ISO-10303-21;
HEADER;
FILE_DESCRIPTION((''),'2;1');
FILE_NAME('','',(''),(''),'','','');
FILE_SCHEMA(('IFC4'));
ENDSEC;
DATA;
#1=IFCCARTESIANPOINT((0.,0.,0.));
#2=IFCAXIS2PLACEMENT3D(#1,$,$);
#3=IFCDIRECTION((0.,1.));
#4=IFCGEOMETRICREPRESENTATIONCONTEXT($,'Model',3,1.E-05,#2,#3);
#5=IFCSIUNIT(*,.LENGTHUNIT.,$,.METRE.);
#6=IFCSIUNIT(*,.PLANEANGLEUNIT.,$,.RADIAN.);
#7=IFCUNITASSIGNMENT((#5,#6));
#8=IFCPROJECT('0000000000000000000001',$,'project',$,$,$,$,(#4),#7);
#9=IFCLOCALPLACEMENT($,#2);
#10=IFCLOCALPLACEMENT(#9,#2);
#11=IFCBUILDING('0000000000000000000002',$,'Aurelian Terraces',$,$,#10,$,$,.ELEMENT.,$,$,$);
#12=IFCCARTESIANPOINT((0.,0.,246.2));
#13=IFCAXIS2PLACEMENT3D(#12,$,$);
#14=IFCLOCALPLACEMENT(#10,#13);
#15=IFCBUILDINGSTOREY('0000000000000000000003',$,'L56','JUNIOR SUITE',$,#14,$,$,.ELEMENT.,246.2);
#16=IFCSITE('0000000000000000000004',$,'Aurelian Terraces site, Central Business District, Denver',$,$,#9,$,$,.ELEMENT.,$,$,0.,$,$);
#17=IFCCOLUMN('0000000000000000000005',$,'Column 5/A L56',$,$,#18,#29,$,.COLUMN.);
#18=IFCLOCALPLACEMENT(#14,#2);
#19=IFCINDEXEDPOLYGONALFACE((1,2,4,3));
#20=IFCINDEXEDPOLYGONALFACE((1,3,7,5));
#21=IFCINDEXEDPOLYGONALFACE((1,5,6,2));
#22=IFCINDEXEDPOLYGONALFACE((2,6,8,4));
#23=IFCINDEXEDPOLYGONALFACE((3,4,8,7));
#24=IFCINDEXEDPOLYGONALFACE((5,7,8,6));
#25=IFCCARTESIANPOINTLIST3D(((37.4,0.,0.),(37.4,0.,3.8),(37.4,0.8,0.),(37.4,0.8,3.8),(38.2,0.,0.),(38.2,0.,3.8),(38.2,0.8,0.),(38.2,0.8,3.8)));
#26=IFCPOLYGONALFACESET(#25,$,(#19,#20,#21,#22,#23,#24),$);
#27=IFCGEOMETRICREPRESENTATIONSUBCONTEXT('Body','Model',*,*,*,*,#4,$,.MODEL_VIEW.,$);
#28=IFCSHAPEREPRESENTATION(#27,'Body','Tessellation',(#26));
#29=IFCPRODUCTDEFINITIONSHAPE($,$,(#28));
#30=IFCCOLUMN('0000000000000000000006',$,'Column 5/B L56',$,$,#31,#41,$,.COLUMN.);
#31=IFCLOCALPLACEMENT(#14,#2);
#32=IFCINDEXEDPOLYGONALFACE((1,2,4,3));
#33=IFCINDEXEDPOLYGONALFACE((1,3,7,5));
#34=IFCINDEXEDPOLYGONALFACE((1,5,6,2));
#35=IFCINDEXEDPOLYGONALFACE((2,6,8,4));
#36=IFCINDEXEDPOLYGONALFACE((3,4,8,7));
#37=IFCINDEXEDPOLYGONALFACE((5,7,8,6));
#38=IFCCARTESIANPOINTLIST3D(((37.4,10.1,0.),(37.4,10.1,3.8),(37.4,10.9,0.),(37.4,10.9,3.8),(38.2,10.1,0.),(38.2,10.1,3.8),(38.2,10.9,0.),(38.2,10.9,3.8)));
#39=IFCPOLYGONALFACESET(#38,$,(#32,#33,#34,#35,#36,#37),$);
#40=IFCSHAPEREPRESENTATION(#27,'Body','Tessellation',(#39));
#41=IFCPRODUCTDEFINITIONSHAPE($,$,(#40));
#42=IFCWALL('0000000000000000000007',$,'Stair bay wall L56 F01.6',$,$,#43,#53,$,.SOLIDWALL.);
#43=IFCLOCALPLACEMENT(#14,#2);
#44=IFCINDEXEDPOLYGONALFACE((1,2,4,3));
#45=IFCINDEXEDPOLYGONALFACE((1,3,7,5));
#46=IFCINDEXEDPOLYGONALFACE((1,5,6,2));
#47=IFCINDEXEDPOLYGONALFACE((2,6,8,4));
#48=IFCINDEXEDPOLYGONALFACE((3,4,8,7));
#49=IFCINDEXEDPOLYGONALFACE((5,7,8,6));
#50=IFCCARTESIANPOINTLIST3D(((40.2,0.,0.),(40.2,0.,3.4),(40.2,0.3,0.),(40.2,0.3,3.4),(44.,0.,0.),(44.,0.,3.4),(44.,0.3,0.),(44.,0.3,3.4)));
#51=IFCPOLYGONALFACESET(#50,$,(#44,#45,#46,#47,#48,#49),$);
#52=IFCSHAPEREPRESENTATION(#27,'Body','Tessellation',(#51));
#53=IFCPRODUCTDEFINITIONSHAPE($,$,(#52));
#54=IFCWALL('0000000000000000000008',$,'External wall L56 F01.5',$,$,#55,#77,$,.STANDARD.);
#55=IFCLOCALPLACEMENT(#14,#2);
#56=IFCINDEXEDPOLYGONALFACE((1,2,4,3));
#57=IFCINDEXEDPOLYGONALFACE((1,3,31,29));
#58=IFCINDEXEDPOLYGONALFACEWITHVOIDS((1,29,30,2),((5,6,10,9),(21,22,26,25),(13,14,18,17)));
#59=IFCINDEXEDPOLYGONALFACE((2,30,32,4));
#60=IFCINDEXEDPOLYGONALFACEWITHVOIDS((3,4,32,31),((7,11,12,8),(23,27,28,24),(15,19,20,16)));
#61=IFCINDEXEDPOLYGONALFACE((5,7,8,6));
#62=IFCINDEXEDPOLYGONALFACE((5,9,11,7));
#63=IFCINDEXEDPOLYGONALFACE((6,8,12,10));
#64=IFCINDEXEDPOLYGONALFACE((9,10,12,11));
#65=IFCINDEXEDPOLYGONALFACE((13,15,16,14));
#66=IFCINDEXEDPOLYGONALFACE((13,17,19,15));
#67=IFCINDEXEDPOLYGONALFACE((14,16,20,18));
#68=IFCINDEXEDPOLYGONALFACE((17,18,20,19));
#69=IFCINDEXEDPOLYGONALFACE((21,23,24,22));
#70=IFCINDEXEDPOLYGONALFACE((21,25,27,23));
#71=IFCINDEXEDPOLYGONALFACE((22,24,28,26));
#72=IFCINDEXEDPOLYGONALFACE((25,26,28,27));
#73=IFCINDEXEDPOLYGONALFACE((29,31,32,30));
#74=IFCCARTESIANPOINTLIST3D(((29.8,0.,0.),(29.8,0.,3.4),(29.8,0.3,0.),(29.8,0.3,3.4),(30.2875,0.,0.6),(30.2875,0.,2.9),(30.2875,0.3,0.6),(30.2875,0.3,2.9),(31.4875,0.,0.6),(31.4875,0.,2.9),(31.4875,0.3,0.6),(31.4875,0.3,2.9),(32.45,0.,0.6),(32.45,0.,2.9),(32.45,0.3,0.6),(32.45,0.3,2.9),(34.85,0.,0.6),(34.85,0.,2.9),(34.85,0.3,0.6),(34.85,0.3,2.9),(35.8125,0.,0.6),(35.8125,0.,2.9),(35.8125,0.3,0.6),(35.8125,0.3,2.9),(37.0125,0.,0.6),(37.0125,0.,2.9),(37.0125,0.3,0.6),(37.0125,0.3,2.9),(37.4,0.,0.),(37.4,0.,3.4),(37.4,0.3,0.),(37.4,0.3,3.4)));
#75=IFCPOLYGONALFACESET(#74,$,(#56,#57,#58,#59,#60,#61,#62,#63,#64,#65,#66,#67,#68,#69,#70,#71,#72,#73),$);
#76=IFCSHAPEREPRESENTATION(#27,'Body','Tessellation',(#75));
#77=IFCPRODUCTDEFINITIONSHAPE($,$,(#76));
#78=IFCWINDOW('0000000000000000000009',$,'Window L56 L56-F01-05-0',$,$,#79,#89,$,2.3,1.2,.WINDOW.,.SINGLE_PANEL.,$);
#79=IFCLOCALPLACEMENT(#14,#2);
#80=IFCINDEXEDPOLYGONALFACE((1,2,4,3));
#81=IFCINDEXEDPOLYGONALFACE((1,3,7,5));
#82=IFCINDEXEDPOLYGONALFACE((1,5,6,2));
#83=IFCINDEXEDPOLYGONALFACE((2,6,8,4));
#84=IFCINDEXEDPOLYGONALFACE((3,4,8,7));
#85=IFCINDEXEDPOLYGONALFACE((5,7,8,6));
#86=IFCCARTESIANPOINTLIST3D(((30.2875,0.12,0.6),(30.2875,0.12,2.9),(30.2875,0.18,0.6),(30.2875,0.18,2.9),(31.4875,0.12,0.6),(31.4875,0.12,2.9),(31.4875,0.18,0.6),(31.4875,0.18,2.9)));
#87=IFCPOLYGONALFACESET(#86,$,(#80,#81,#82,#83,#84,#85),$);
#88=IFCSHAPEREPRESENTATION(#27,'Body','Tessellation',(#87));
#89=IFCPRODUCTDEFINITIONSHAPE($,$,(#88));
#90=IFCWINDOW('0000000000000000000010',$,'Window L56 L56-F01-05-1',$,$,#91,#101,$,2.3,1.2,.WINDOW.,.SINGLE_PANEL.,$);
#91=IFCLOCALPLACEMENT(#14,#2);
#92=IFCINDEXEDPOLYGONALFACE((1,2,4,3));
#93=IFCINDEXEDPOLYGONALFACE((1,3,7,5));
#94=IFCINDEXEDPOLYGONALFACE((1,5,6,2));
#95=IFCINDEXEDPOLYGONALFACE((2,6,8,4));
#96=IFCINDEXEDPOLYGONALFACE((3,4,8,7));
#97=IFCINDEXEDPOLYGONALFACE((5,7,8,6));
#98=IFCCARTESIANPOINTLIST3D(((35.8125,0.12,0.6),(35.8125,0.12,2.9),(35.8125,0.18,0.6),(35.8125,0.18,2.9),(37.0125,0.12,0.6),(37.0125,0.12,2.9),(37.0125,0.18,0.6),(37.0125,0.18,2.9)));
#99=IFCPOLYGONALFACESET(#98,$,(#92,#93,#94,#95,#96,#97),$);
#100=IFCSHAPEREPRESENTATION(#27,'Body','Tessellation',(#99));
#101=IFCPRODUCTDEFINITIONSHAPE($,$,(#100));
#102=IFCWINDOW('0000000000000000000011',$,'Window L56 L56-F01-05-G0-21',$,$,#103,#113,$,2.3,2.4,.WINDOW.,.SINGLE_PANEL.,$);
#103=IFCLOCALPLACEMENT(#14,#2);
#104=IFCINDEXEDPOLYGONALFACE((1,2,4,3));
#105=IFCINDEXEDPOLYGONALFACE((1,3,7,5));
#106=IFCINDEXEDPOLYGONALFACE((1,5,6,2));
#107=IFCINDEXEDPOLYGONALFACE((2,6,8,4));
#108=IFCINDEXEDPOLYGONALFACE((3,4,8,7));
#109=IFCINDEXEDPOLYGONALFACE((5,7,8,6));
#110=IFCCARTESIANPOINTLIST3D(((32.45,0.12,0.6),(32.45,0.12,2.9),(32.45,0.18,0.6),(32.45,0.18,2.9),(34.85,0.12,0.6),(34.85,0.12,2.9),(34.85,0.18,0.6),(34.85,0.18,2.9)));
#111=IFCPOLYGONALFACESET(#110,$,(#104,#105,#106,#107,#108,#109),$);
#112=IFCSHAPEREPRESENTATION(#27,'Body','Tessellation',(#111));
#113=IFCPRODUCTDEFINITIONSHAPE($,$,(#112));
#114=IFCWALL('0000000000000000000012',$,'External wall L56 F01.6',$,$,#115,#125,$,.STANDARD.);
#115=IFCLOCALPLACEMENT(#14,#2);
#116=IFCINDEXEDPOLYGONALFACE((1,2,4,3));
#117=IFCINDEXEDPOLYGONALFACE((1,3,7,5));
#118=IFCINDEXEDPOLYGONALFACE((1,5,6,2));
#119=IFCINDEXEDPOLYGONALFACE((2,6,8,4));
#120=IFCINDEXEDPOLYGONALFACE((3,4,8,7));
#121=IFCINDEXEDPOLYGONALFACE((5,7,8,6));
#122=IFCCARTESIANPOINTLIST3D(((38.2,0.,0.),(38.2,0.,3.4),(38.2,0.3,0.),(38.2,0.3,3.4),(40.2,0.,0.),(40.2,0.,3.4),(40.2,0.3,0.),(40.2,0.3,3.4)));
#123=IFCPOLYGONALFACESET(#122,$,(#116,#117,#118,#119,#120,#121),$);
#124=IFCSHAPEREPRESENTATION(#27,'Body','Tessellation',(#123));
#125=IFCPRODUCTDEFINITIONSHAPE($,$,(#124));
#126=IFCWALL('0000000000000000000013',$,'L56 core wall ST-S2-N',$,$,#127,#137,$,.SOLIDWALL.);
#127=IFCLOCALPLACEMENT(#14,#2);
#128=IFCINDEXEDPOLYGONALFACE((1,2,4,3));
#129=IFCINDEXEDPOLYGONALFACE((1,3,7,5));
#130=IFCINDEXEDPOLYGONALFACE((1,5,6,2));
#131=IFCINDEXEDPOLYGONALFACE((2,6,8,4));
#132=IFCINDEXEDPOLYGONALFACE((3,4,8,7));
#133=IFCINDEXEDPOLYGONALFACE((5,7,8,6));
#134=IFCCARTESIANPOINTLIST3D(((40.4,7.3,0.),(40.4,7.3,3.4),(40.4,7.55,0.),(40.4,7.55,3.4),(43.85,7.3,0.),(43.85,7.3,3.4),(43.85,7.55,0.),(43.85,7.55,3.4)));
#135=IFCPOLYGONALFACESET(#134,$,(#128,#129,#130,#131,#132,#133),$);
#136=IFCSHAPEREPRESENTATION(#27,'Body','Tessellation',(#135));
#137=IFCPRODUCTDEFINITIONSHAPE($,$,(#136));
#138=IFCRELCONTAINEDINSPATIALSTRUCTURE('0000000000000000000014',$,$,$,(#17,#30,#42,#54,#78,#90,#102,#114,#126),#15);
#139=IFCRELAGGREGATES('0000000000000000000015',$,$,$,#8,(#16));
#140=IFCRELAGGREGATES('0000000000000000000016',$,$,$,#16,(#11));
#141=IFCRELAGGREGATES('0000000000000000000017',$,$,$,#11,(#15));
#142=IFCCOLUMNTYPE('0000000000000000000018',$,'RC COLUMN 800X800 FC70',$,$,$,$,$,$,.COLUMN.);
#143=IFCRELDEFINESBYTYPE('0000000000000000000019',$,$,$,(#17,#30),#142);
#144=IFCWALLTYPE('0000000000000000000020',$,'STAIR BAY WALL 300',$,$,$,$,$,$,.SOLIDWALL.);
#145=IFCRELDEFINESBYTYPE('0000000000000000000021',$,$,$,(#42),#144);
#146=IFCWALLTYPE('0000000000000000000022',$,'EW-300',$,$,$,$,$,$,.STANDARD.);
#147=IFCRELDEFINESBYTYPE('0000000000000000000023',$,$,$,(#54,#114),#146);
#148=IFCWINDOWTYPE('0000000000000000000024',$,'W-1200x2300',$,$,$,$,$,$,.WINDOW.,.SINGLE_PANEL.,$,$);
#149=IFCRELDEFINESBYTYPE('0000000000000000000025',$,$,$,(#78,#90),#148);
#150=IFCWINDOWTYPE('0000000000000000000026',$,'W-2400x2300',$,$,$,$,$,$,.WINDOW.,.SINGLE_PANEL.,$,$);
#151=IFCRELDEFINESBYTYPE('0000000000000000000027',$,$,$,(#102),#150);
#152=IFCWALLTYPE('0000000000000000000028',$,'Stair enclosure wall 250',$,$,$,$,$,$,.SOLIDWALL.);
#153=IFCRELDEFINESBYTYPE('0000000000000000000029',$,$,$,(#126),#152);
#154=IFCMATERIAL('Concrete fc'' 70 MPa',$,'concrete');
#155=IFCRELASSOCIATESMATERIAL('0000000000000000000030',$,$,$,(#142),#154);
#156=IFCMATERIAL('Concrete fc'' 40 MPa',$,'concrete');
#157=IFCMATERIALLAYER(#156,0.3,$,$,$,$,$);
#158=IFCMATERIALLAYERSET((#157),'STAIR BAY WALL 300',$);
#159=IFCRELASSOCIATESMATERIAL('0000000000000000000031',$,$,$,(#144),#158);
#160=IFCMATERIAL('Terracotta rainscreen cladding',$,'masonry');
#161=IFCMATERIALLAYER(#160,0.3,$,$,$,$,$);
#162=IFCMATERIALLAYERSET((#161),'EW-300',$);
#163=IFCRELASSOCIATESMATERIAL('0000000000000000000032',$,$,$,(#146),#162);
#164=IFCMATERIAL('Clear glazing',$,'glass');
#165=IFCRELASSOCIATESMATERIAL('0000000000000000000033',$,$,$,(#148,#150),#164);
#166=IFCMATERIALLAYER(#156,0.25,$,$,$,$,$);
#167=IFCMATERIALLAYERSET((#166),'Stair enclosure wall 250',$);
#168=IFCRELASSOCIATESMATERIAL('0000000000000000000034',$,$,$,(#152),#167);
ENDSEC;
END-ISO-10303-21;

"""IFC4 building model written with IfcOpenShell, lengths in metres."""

from ifc_helpers import new_model, si_unit, direction, frame, frame_2d, origin, origin_2d, place, context, subcontext, project, spatial, rectangle, extrude, source, transform, mapped, material, layer, layer_set, material_profile, profile_set, type_object, element, fill, save


model = new_model("IFC4")

# Units and contexts
model_context = context("Model", 3, precision=1e-05, world=origin(), true_north=direction((0.0, 1.0)))
body_context = subcontext(model_context, "Body", "Model", "MODEL_VIEW")
ifc_project = project(units=[si_unit("LENGTHUNIT", "METRE"), si_unit("PLANEANGLEUNIT", "RADIAN")], contexts=[model_context])

# Site, building, storey
site_placement = place(None, origin())
site = spatial("IfcSite", under=ifc_project, at=site_placement, Name="Aurelian Terraces site, Central Business District, Denver", CompositionType="ELEMENT", RefElevation=0.0)
building_placement = place(site_placement, origin())
building = spatial("IfcBuilding", under=site, at=building_placement, Name="Aurelian Terraces", CompositionType="ELEMENT")
storey_placement = place(building_placement, frame((0.0, 0.0, 246.2)))
storey = spatial("IfcBuildingStorey", under=building, at=storey_placement, Name="L56", Description="JUNIOR SUITE", CompositionType="ELEMENT", Elevation=246.2)

# Columns
ifc_material_1 = material(Name="Concrete fc' 70 MPa", Category="concrete")
ifc_material_profile = material_profile(ifc_material_1, rectangle(XDim=0.8, YDim=0.8, at=origin_2d()))
ifc_profile_set = profile_set([ifc_material_profile], Name="Concrete fc' 70 MPa")
column_type = type_object("IfcColumnType", Name="RC COLUMN 800X800 FC70", PredefinedType="COLUMN", material=ifc_profile_set)
shared_shape_1 = source(origin(), body_context, "Body", "SweptSolid", [
    extrude(rectangle(XDim=0.8, YDim=0.8, at=origin_2d()), origin(), (0.0, 0.0, 1.0), 3.8),
])
for number, where, z_axis, x_axis, name in (
    (1, (37.8, 0.4, 0.0), (0.0, 0.0, 1.0), (1.0, 0.0, 0.0), "Column 5/A L56"),
    (2, (37.8, 10.5, 0.0), (0.0, 0.0, 1.0), (1.0, 0.0, 0.0), "Column 5/B L56"),
):
    element("IfcColumn", number, at=place(storey_placement, frame(where, z_axis=z_axis, x_axis=x_axis)), inside=storey, type_object=column_type, Name=name, PredefinedType="COLUMN", context=body_context, shape_type="MappedRepresentation", body=[
        mapped(shared_shape_1, transform((0.0, 0.0, 0.0), scale=1.0)),
    ])

# Wall
ifc_material_2 = material(Name="Concrete fc' 40 MPa", Category="concrete")
ifc_layer_1 = layer(ifc_material_2, 0.3)
ifc_layer_set_1 = layer_set([ifc_layer_1], Name="STAIR BAY WALL 300")
wall_type_1 = type_object("IfcWallType", Name="STAIR BAY WALL 300", PredefinedType="SOLIDWALL", material=ifc_layer_set_1)
shared_shape_2 = source(origin(), body_context, "Body", "SweptSolid", [
    extrude(rectangle(XDim=3.8, YDim=0.3, at=frame_2d((1.9, 0.0))), origin(), (0.0, 0.0, 1.0), 3.4),
])
wall_1_placement = place(storey_placement, frame((40.2, 0.15, 0.0), z_axis=(0.0, 0.0, 1.0), x_axis=(1.0, 0.0, 0.0)))
element("IfcWall", 3, at=wall_1_placement, inside=storey, type_object=wall_type_1, Name="Stair bay wall L56 F01.6", PredefinedType="SOLIDWALL", context=body_context, shape_type="MappedRepresentation", body=[
    mapped(shared_shape_2, transform((0.0, 0.0, 0.0), scale=1.0)),
])

# Wall, openings, windows
ifc_material_3 = material(Name="Terracotta rainscreen cladding", Category="masonry")
ifc_layer_2 = layer(ifc_material_3, 0.3)
ifc_layer_set_2 = layer_set([ifc_layer_2], Name="EW-300")
wall_type_2 = type_object("IfcWallType", Name="EW-300", PredefinedType="STANDARD", material=ifc_layer_set_2)
shared_shape_3 = source(origin(), body_context, "Body", "SweptSolid", [
    extrude(rectangle(XDim=7.6, YDim=0.3, at=frame_2d((3.8, 0.0))), origin(), (0.0, 0.0, 1.0), 3.4),
])
wall_2_placement = place(storey_placement, frame((29.8, 0.15, 0.0), z_axis=(0.0, 0.0, 1.0), x_axis=(1.0, 0.0, 0.0)))
wall_2 = element("IfcWall", 4, at=wall_2_placement, inside=storey, type_object=wall_type_2, Name="External wall L56 F01.5", PredefinedType="STANDARD", context=body_context, shape_type="MappedRepresentation", body=[
    mapped(shared_shape_3, transform((0.0, 0.0, 0.0), scale=1.0)),
])
shared_shape_4 = source(origin(), body_context, "Body", "SweptSolid", [
    extrude(rectangle(XDim=1.2, YDim=2.3, at=frame_2d((0.6, 1.15))), frame((0.0, 0.16, 0.0), z_axis=(0.0, -1.0, 0.0), x_axis=(1.0, 0.0, 0.0)), (0.0, 0.0, 1.0), 0.32),
])
opening_1_placement = place(wall_2_placement, frame((0.4875, 0.0, 0.6)))
opening_1 = element("IfcOpeningElement", 5, at=opening_1_placement, cuts=wall_2, PredefinedType="OPENING", context=body_context, shape_type="MappedRepresentation", body=[
    mapped(shared_shape_4, transform((0.0, 0.0, 0.0), scale=1.0)),
])
opening_2_placement = place(wall_2_placement, frame((6.0125, 0.0, 0.6)))
opening_2 = element("IfcOpeningElement", 6, at=opening_2_placement, cuts=wall_2, PredefinedType="OPENING", context=body_context, shape_type="MappedRepresentation", body=[
    mapped(shared_shape_4, transform((0.0, 0.0, 0.0), scale=1.0)),
])
shared_shape_5 = source(origin(), body_context, "Body", "SweptSolid", [
    extrude(rectangle(XDim=2.4, YDim=2.3, at=frame_2d((1.2, 1.15))), frame((0.0, 0.16, 0.0), z_axis=(0.0, -1.0, 0.0), x_axis=(1.0, 0.0, 0.0)), (0.0, 0.0, 1.0), 0.32),
])
opening_3_placement = place(wall_2_placement, frame((2.65, 0.0, 0.6)))
opening_3 = element("IfcOpeningElement", 7, at=opening_3_placement, cuts=wall_2, PredefinedType="OPENING", context=body_context, shape_type="MappedRepresentation", body=[
    mapped(shared_shape_5, transform((0.0, 0.0, 0.0), scale=1.0)),
])
ifc_material_4 = material(Name="Clear glazing", Category="glass")
window_type_1 = type_object("IfcWindowType", Name="W-1200x2300", PartitioningType="SINGLE_PANEL", PredefinedType="WINDOW", material=ifc_material_4)
shared_shape_6 = source(origin(), body_context, "Body", "SweptSolid", [
    extrude(rectangle(XDim=1.2, YDim=2.3, at=frame_2d((0.6, 1.15))), frame((0.0, 0.03, 0.0), z_axis=(0.0, -1.0, 0.0), x_axis=(1.0, 0.0, 0.0)), (0.0, 0.0, 1.0), 0.06),
])
window_1_placement = place(opening_1_placement, origin())
window_1 = element("IfcWindow", 8, at=window_1_placement, inside=storey, type_object=window_type_1, Name="Window L56 L56-F01-05-0", OverallHeight=2.3, OverallWidth=1.2, PartitioningType="SINGLE_PANEL", PredefinedType="WINDOW", context=body_context, shape_type="MappedRepresentation", body=[
    mapped(shared_shape_6, transform((0.0, 0.0, 0.0), scale=1.0)),
])
fill(opening_1, window_1)
window_2_placement = place(opening_2_placement, origin())
window_2 = element("IfcWindow", 9, at=window_2_placement, inside=storey, type_object=window_type_1, Name="Window L56 L56-F01-05-1", OverallHeight=2.3, OverallWidth=1.2, PartitioningType="SINGLE_PANEL", PredefinedType="WINDOW", context=body_context, shape_type="MappedRepresentation", body=[
    mapped(shared_shape_6, transform((0.0, 0.0, 0.0), scale=1.0)),
])
fill(opening_2, window_2)
window_type_2 = type_object("IfcWindowType", Name="W-2400x2300", PartitioningType="SINGLE_PANEL", PredefinedType="WINDOW", material=ifc_material_4)
shared_shape_7 = source(origin(), body_context, "Body", "SweptSolid", [
    extrude(rectangle(XDim=2.4, YDim=2.3, at=frame_2d((1.2, 1.15))), frame((0.0, 0.03, 0.0), z_axis=(0.0, -1.0, 0.0), x_axis=(1.0, 0.0, 0.0)), (0.0, 0.0, 1.0), 0.06),
])
window_3_placement = place(opening_3_placement, origin())
window_3 = element("IfcWindow", 10, at=window_3_placement, inside=storey, type_object=window_type_2, Name="Window L56 L56-F01-05-G0-21", OverallHeight=2.3, OverallWidth=2.4, PartitioningType="SINGLE_PANEL", PredefinedType="WINDOW", context=body_context, shape_type="MappedRepresentation", body=[
    mapped(shared_shape_7, transform((0.0, 0.0, 0.0), scale=1.0)),
])
fill(opening_3, window_3)

# Walls
shared_shape_8 = source(origin(), body_context, "Body", "SweptSolid", [
    extrude(rectangle(XDim=2.0, YDim=0.3, at=frame_2d((1.0, 0.0))), origin(), (0.0, 0.0, 1.0), 3.4),
])
wall_3_placement = place(storey_placement, frame((38.2, 0.15, 0.0), z_axis=(0.0, 0.0, 1.0), x_axis=(1.0, 0.0, 0.0)))
element("IfcWall", 11, at=wall_3_placement, inside=storey, type_object=wall_type_2, Name="External wall L56 F01.6", PredefinedType="STANDARD", context=body_context, shape_type="MappedRepresentation", body=[
    mapped(shared_shape_8, transform((0.0, 0.0, 0.0), scale=1.0)),
])
ifc_layer_3 = layer(ifc_material_2, 0.25)
ifc_layer_set_3 = layer_set([ifc_layer_3], Name="Stair enclosure wall 250")
wall_type_3 = type_object("IfcWallType", Name="Stair enclosure wall 250", PredefinedType="SOLIDWALL", material=ifc_layer_set_3)
shared_shape_9 = source(origin(), body_context, "Body", "SweptSolid", [
    extrude(rectangle(XDim=3.45, YDim=0.25, at=frame_2d((1.725, 0.0))), origin(), (0.0, 0.0, 1.0), 3.4),
])
wall_4_placement = place(storey_placement, frame((40.4, 7.425, 0.0), z_axis=(0.0, 0.0, 1.0), x_axis=(1.0, 0.0, 0.0)))
element("IfcWall", 12, at=wall_4_placement, inside=storey, type_object=wall_type_3, Name="L56 core wall ST-S2-N", PredefinedType="SOLIDWALL", context=body_context, shape_type="MappedRepresentation", body=[
    mapped(shared_shape_9, transform((0.0, 0.0, 0.0), scale=1.0)),
])

save(model, "model.ifc")
